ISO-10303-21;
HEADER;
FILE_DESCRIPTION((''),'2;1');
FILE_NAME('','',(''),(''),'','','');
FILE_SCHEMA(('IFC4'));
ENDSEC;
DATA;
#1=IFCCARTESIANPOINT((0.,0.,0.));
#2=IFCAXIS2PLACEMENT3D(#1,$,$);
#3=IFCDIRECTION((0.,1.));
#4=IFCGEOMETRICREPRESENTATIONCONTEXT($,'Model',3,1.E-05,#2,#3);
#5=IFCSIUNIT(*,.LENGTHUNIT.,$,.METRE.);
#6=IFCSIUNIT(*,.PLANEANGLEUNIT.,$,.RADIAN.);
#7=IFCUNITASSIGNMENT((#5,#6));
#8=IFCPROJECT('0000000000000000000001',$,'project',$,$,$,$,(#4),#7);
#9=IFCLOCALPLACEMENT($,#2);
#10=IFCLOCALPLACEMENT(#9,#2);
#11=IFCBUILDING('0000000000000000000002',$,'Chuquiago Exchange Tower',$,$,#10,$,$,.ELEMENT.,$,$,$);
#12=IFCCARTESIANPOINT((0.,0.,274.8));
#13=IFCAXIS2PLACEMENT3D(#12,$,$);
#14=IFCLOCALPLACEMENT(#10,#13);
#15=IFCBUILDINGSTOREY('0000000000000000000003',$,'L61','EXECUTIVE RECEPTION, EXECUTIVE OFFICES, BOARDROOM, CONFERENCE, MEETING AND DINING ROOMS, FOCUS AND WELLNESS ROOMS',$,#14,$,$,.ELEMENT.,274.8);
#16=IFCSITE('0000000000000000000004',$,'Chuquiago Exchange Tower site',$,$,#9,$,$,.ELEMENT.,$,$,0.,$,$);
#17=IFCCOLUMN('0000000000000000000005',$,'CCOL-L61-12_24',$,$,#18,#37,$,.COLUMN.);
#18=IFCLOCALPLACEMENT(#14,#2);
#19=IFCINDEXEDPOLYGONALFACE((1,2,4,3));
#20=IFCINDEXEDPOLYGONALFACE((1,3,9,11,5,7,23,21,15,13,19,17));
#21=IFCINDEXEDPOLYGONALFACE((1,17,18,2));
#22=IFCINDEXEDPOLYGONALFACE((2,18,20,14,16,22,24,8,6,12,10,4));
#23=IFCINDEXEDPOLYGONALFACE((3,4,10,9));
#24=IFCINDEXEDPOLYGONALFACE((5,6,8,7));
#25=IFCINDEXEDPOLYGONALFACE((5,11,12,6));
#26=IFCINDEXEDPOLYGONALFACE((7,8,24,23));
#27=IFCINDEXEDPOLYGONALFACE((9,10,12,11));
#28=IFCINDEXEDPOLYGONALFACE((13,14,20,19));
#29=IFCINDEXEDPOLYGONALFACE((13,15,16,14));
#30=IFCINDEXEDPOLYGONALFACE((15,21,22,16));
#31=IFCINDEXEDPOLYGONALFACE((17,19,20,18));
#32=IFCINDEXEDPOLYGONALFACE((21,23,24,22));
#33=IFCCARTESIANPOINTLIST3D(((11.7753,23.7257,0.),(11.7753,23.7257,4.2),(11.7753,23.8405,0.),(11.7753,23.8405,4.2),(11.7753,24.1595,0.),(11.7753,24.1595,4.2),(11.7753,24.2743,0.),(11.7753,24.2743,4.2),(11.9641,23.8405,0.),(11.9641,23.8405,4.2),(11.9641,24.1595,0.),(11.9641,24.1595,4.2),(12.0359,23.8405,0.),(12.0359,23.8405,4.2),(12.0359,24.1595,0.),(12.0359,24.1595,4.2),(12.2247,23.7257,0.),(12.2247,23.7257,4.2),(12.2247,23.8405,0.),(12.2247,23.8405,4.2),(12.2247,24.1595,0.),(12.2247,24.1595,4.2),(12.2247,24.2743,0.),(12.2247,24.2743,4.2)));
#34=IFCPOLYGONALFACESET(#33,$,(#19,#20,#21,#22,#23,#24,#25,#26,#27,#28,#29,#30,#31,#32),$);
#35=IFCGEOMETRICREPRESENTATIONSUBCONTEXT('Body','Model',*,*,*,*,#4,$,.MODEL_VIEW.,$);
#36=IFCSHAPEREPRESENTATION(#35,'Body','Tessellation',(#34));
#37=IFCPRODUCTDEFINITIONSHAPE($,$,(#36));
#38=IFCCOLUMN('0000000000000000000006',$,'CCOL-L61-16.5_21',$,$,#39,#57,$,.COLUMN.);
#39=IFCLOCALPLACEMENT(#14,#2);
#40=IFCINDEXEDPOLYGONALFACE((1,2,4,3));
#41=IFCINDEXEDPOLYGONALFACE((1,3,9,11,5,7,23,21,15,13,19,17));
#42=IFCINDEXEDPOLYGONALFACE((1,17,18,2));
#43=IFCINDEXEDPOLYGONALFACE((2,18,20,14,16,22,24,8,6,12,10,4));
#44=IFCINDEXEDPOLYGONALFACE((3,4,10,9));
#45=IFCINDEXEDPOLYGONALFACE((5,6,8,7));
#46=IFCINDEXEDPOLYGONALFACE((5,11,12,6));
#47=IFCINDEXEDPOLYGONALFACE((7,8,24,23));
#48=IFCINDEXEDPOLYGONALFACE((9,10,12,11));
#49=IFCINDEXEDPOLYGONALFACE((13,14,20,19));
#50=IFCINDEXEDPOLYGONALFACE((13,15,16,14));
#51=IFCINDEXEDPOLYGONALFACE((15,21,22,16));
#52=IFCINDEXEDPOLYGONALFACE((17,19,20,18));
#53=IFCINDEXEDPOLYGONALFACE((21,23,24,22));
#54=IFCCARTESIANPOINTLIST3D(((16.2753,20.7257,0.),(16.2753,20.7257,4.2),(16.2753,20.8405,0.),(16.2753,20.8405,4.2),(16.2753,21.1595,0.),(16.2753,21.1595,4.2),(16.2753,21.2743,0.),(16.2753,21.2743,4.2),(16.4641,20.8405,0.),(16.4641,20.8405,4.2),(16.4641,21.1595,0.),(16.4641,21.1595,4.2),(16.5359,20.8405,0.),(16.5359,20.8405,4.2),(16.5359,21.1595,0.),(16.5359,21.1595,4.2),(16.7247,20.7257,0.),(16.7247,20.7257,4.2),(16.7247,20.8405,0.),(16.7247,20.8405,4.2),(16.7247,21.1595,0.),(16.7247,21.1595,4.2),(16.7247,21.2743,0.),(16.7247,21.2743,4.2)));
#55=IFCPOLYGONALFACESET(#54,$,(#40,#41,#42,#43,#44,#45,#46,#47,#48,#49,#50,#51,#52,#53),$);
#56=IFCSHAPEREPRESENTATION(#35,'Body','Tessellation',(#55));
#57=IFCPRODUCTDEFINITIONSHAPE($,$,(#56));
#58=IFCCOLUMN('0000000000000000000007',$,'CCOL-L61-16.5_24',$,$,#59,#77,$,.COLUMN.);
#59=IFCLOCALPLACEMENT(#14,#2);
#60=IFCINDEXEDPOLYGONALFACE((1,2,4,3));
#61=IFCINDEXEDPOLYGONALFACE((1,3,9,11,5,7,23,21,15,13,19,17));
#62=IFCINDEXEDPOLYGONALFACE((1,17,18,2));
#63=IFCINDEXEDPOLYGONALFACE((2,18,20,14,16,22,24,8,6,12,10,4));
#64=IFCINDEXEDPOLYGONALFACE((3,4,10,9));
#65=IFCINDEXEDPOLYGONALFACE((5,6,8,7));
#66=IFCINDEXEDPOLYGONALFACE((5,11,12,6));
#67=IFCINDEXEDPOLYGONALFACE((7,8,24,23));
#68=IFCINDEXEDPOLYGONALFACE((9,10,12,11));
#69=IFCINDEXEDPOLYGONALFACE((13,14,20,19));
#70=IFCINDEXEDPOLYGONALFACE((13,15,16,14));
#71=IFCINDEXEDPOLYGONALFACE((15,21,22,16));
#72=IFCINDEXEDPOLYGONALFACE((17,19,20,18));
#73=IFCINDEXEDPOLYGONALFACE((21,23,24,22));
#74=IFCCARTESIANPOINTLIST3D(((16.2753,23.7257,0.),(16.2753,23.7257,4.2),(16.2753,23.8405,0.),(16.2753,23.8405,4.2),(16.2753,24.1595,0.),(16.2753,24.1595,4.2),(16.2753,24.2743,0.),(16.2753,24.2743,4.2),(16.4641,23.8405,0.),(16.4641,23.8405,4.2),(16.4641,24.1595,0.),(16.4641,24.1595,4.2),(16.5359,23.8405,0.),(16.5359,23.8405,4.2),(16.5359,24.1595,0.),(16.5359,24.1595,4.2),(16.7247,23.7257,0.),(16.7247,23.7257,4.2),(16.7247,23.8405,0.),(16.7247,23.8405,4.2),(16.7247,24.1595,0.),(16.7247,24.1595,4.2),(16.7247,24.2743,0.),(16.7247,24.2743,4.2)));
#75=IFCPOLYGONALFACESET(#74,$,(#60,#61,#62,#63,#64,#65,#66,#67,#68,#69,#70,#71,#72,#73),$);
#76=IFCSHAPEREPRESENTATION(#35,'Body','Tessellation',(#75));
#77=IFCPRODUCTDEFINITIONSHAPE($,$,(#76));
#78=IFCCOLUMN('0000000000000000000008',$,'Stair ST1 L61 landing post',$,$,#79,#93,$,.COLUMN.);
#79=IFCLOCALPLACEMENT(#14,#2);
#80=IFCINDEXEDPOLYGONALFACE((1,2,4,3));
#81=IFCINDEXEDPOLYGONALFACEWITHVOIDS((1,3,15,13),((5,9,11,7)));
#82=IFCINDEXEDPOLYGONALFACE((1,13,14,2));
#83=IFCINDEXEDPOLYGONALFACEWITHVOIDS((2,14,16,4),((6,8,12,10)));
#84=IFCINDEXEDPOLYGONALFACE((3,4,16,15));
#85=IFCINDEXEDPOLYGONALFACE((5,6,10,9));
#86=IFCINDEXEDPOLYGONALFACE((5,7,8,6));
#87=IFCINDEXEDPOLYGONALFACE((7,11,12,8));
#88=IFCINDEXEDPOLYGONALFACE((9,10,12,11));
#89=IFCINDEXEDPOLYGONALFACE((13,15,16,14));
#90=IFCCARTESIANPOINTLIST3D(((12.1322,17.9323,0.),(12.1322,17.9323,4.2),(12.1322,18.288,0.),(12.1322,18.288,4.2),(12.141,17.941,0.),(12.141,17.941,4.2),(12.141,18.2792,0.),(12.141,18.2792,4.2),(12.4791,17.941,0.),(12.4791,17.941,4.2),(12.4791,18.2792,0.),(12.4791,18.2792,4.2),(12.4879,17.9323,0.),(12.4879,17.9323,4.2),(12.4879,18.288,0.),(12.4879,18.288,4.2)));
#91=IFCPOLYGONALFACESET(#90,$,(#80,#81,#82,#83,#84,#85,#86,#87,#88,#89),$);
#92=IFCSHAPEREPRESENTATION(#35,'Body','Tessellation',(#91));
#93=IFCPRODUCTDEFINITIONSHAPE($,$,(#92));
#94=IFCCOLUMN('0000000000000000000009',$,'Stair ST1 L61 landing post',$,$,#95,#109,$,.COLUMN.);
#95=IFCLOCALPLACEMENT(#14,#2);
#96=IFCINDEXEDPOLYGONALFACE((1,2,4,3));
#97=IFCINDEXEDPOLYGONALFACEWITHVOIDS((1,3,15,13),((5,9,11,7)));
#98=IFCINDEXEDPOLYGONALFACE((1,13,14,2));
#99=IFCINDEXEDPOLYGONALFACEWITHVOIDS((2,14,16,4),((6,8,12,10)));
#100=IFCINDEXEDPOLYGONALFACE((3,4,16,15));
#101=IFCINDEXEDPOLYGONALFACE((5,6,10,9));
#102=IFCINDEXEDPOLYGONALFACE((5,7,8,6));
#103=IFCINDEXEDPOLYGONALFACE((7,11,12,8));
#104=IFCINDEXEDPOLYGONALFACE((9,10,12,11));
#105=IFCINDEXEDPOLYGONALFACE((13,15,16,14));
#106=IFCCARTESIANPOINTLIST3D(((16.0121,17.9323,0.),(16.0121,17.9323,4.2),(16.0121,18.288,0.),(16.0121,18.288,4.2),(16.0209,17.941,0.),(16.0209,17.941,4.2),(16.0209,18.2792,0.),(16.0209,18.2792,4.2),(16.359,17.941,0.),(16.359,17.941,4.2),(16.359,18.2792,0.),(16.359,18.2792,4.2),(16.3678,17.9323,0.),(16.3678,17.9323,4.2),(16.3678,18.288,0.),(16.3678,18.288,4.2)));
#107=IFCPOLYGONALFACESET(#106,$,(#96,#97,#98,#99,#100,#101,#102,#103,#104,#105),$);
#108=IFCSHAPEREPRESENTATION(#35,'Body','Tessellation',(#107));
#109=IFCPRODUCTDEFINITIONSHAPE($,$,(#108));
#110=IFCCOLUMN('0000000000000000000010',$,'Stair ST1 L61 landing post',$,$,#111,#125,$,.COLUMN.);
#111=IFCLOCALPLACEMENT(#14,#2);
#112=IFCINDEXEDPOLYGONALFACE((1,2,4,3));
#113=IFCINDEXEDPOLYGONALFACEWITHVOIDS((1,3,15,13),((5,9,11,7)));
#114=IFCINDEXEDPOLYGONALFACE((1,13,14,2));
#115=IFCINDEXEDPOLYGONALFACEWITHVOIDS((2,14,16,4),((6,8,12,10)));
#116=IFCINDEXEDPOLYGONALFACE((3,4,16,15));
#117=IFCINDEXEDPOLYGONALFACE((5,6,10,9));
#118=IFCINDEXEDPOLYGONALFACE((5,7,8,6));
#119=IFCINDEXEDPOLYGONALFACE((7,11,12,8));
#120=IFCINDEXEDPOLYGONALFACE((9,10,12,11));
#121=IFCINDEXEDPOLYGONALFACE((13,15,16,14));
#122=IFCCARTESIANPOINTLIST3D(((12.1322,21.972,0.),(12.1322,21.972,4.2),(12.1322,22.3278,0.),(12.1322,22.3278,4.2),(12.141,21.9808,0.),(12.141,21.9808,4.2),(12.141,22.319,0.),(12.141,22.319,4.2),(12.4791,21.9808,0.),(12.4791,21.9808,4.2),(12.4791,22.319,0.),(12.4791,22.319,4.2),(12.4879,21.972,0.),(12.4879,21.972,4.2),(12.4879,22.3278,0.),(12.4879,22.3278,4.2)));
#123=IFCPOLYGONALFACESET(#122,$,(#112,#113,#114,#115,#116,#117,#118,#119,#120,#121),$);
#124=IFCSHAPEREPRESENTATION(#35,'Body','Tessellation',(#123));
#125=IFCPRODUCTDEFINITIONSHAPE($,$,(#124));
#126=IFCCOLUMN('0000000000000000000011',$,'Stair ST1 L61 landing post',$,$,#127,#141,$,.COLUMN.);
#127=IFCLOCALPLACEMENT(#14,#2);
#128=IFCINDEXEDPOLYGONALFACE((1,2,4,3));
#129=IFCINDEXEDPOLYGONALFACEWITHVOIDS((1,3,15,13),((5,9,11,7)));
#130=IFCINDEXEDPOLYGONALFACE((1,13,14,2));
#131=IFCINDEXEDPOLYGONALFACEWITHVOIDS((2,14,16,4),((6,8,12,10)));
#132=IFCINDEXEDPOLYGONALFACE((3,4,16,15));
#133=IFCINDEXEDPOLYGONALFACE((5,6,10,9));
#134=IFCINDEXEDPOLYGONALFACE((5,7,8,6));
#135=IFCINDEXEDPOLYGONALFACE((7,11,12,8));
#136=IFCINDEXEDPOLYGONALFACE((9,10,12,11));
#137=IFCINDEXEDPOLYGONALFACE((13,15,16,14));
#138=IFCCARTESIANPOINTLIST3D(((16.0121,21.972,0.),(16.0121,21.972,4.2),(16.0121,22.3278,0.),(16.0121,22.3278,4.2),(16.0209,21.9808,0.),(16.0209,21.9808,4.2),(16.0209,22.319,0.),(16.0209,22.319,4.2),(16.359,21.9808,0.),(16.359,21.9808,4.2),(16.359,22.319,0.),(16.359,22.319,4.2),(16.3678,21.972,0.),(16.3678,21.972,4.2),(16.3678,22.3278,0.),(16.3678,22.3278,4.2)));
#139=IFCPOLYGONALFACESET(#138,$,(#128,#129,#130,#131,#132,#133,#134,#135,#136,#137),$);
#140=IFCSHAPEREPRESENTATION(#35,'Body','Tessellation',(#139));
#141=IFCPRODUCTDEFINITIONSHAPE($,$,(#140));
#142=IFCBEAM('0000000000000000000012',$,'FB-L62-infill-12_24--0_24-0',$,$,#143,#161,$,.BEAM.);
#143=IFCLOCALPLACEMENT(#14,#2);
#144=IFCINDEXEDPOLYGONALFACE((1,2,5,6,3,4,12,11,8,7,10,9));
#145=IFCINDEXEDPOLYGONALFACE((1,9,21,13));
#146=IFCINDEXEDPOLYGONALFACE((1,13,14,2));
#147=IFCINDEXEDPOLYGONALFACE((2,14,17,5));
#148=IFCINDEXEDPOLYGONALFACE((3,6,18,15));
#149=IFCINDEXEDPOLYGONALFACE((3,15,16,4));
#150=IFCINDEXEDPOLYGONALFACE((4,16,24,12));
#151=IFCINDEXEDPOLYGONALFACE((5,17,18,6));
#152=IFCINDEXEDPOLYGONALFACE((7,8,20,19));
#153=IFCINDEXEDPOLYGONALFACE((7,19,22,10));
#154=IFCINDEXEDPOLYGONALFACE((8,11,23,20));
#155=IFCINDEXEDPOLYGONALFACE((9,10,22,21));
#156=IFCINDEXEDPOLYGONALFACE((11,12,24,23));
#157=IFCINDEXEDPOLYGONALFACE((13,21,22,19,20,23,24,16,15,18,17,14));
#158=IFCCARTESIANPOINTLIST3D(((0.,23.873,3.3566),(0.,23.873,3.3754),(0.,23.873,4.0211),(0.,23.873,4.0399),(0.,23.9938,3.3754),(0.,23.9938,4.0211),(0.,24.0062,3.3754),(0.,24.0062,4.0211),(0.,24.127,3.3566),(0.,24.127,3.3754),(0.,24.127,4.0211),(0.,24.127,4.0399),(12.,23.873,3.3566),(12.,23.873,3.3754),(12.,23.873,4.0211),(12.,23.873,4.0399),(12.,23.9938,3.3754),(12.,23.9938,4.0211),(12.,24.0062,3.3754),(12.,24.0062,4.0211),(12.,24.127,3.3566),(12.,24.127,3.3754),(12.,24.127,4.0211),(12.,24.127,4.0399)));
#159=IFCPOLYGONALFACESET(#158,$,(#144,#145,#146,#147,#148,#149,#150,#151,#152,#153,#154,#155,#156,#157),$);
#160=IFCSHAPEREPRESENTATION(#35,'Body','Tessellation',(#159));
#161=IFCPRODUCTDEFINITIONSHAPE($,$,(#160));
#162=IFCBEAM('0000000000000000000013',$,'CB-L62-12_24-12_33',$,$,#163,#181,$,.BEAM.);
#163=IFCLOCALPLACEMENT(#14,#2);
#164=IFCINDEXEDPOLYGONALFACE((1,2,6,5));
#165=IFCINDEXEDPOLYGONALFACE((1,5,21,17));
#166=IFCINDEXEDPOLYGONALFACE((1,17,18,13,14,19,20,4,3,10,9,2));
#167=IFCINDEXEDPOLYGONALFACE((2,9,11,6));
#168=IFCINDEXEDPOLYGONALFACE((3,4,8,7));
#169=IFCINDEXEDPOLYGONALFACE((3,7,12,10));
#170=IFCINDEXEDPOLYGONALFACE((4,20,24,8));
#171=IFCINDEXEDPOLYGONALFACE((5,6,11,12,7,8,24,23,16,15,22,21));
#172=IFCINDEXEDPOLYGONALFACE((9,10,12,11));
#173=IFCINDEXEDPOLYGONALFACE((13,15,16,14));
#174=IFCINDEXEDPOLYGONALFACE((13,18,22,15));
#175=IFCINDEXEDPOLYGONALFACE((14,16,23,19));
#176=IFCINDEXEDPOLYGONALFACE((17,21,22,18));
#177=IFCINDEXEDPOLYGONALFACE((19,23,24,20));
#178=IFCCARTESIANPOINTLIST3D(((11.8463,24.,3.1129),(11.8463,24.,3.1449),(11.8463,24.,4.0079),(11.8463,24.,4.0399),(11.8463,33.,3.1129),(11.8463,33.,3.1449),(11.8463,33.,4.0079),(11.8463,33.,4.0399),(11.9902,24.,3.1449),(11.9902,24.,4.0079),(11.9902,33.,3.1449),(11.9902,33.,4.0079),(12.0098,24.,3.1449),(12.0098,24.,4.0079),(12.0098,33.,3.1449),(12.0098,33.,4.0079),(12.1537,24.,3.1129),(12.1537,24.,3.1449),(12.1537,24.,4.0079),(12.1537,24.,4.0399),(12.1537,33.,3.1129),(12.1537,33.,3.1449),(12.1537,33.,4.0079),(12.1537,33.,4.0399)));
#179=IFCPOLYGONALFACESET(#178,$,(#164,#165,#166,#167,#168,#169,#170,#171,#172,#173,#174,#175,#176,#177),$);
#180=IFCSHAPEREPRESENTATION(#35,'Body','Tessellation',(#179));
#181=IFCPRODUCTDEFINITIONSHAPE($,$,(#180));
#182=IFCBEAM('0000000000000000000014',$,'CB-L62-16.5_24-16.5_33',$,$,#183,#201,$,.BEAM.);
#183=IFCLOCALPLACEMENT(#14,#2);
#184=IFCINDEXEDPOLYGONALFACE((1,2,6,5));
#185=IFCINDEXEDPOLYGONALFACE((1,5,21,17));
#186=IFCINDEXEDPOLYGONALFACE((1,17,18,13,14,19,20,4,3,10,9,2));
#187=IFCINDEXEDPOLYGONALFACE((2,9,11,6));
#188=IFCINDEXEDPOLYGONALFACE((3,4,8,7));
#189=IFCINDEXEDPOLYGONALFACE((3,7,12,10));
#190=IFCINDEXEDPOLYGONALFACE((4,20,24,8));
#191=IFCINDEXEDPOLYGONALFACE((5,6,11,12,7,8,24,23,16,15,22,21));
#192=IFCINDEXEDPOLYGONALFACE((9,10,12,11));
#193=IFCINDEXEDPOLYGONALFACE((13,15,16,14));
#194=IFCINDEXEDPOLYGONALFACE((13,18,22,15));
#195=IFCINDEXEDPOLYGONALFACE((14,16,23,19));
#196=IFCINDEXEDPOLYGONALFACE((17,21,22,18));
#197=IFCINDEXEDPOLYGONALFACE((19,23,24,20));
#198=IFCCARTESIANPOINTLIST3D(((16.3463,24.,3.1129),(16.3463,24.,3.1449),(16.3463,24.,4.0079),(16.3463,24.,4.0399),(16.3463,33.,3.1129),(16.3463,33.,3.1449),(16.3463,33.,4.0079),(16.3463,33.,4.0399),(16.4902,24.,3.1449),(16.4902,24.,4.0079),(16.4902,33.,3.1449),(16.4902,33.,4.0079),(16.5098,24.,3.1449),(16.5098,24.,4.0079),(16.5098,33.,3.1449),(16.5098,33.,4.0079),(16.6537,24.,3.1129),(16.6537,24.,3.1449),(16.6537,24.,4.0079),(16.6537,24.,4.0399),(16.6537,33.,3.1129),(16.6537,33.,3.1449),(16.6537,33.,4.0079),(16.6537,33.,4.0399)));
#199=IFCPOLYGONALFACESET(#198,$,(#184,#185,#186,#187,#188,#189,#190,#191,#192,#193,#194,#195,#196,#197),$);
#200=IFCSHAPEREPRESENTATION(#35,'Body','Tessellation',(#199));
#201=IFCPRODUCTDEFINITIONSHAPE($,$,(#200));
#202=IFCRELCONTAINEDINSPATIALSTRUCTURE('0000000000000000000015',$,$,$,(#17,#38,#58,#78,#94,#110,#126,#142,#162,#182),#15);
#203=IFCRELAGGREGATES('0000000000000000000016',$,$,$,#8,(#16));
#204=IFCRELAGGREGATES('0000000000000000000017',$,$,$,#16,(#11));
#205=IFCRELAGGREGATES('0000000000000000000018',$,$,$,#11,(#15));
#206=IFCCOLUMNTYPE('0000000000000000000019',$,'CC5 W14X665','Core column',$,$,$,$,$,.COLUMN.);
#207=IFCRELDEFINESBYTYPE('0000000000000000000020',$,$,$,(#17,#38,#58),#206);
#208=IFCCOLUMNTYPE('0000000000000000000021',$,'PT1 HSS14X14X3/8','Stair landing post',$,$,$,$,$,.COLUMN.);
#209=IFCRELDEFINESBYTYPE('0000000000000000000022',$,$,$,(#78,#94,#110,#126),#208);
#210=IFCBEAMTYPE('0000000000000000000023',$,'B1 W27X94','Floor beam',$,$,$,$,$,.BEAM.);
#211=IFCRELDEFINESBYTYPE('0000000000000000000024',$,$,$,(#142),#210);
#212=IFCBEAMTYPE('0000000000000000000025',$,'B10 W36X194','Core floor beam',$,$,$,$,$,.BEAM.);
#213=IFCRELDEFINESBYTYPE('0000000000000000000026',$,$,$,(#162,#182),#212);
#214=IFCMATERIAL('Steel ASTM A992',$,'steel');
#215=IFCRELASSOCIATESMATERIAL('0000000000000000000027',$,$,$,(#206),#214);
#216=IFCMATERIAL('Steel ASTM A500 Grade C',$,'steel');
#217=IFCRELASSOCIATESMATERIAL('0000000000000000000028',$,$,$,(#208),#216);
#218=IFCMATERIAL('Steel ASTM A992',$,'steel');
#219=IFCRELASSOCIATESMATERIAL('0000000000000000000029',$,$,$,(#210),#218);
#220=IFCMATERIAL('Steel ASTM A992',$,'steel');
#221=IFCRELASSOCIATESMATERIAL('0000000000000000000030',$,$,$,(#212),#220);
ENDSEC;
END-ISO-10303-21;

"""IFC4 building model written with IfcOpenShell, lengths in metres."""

from ifc_helpers import new_model, si_unit, direction, frame, origin, origin_2d, place, context, subcontext, project, spatial, hollow_rectangle, i_section, extrude, material, material_profile, profile_set, type_object, element, save


model = new_model("IFC4")

# Units and contexts
model_context = context("Model", 3, precision=1e-05, world=origin(), true_north=direction((0.0, 1.0)))
body_context = subcontext(model_context, "Body", "Model", "MODEL_VIEW")
ifc_project = project(units=[si_unit("LENGTHUNIT", "METRE"), si_unit("PLANEANGLEUNIT", "RADIAN")], contexts=[model_context])

# Site, building, storey
site_placement = place(None, origin())
site = spatial("IfcSite", under=ifc_project, at=site_placement, Name="Chuquiago Exchange Tower site", CompositionType="ELEMENT", RefElevation=0.0)
building_placement = place(site_placement, origin())
building = spatial("IfcBuilding", under=site, at=building_placement, Name="Chuquiago Exchange Tower", CompositionType="ELEMENT")
storey_placement = place(building_placement, frame((0.0, 0.0, 274.8)))
storey = spatial("IfcBuildingStorey", under=building, at=storey_placement, Name="L61", Description="EXECUTIVE RECEPTION, EXECUTIVE OFFICES, BOARDROOM, CONFERENCE, MEETING AND DINING ROOMS, FOCUS AND WELLNESS ROOMS", CompositionType="ELEMENT", Elevation=274.8)

# Columns
ifc_material_1 = material(Name="Steel ASTM A992", Category="steel")
ifc_material_profile_1 = material_profile(ifc_material_1, i_section(OverallWidth=0.4495, OverallDepth=0.5486, WebThickness=0.0718, FlangeThickness=0.1147, at=origin_2d()), Name="W14X665")
ifc_profile_set_1 = profile_set([ifc_material_profile_1], Name="Steel ASTM A992")
column_type_1 = type_object("IfcColumnType", Name="CC5 W14X665", Description="Core column", PredefinedType="COLUMN", material=ifc_profile_set_1)
for number, where, z_axis, x_axis, name in (
    (1, (12.0, 24.0, 0.0), (0.0, 0.0, 1.0), (1.0, 0.0, 0.0), "CCOL-L61-12_24"),
    (2, (16.5, 21.0, 0.0), (0.0, 0.0, 1.0), (1.0, 0.0, 0.0), "CCOL-L61-16.5_21"),
    (3, (16.5, 24.0, 0.0), (0.0, 0.0, 1.0), (1.0, 0.0, 0.0), "CCOL-L61-16.5_24"),
):
    element("IfcColumn", number, at=place(storey_placement, frame(where, z_axis=z_axis, x_axis=x_axis)), inside=storey, type_object=column_type_1, Name=name, PredefinedType="COLUMN", context=body_context, shape_type="SweptSolid", body=[
        extrude(i_section(OverallWidth=0.4495, OverallDepth=0.5486, WebThickness=0.0718, FlangeThickness=0.1147, at=origin_2d()), origin(), (0.0, 0.0, 1.0), 4.2),
    ])
ifc_material_2 = material(Name="Steel ASTM A500 Grade C", Category="steel")
ifc_material_profile_2 = material_profile(ifc_material_2, hollow_rectangle(XDim=0.3557, YDim=0.3557, WallThickness=0.0088, at=origin_2d()), Name="HSS14X14X3/8")
ifc_profile_set_2 = profile_set([ifc_material_profile_2], Name="Steel ASTM A500 Grade C")
column_type_2 = type_object("IfcColumnType", Name="PT1 HSS14X14X3/8", Description="Stair landing post", PredefinedType="COLUMN", material=ifc_profile_set_2)
for number, where, z_axis, x_axis, name in (
    (4, (12.3101, 18.1101, 0.0), (0.0, 0.0, 1.0), (1.0, 0.0, 0.0), "Stair ST1 L61 landing post"),
    (5, (16.1899, 18.1101, 0.0), (0.0, 0.0, 1.0), (1.0, 0.0, 0.0), "Stair ST1 L61 landing post"),
    (6, (12.3101, 22.1499, 0.0), (0.0, 0.0, 1.0), (1.0, 0.0, 0.0), "Stair ST1 L61 landing post"),
    (7, (16.1899, 22.1499, 0.0), (0.0, 0.0, 1.0), (1.0, 0.0, 0.0), "Stair ST1 L61 landing post"),
):
    element("IfcColumn", number, at=place(storey_placement, frame(where, z_axis=z_axis, x_axis=x_axis)), inside=storey, type_object=column_type_2, Name=name, PredefinedType="COLUMN", context=body_context, shape_type="SweptSolid", body=[
        extrude(hollow_rectangle(XDim=0.3557, YDim=0.3557, WallThickness=0.0088, at=origin_2d()), origin(), (0.0, 0.0, 1.0), 4.2),
    ])

# Beams
ifc_material_3 = material(Name="Steel ASTM A992", Category="steel")
ifc_material_profile_3 = material_profile(ifc_material_3, i_section(OverallWidth=0.2539, OverallDepth=0.6833, WebThickness=0.0125, FlangeThickness=0.0188, at=origin_2d()), Name="W27X94")
ifc_profile_set_3 = profile_set([ifc_material_profile_3], Name="Steel ASTM A992")
beam_type_1 = type_object("IfcBeamType", Name="B1 W27X94", Description="Floor beam", PredefinedType="BEAM", material=ifc_profile_set_3)
beam_1_placement = place(storey_placement, frame((12.0, 24.0, 3.6982), z_axis=(-1.0, 0.0, 0.0), x_axis=(0.0, -1.0, 0.0)))
element("IfcBeam", 8, at=beam_1_placement, inside=storey, type_object=beam_type_1, Name="FB-L62-infill-12_24--0_24-0", PredefinedType="BEAM", context=body_context, shape_type="SweptSolid", body=[
    extrude(i_section(OverallWidth=0.2539, OverallDepth=0.6833, WebThickness=0.0125, FlangeThickness=0.0188, at=origin_2d()), origin(), (0.0, 0.0, 1.0), 12.0),
])
ifc_material_4 = material(Name="Steel ASTM A992", Category="steel")
ifc_material_profile_4 = material_profile(ifc_material_4, i_section(OverallWidth=0.3074, OverallDepth=0.927, WebThickness=0.0195, FlangeThickness=0.032, at=origin_2d()), Name="W36X194")
ifc_profile_set_4 = profile_set([ifc_material_profile_4], Name="Steel ASTM A992")
beam_type_2 = type_object("IfcBeamType", Name="B10 W36X194", Description="Core floor beam", PredefinedType="BEAM", material=ifc_profile_set_4)
for number, where, z_axis, x_axis, name in (
    (9, (12.0, 24.0, 3.5764), (0.0, 1.0, 0.0), (-1.0, 0.0, 0.0), "CB-L62-12_24-12_33"),
    (10, (16.5, 24.0, 3.5764), (0.0, 1.0, 0.0), (-1.0, 0.0, 0.0), "CB-L62-16.5_24-16.5_33"),
):
    element("IfcBeam", number, at=place(storey_placement, frame(where, z_axis=z_axis, x_axis=x_axis)), inside=storey, type_object=beam_type_2, Name=name, PredefinedType="BEAM", context=body_context, shape_type="SweptSolid", body=[
        extrude(i_section(OverallWidth=0.3074, OverallDepth=0.927, WebThickness=0.0195, FlangeThickness=0.032, at=origin_2d()), origin(), (0.0, 0.0, 1.0), 9.0),
    ])

save(model, "model.ifc")
